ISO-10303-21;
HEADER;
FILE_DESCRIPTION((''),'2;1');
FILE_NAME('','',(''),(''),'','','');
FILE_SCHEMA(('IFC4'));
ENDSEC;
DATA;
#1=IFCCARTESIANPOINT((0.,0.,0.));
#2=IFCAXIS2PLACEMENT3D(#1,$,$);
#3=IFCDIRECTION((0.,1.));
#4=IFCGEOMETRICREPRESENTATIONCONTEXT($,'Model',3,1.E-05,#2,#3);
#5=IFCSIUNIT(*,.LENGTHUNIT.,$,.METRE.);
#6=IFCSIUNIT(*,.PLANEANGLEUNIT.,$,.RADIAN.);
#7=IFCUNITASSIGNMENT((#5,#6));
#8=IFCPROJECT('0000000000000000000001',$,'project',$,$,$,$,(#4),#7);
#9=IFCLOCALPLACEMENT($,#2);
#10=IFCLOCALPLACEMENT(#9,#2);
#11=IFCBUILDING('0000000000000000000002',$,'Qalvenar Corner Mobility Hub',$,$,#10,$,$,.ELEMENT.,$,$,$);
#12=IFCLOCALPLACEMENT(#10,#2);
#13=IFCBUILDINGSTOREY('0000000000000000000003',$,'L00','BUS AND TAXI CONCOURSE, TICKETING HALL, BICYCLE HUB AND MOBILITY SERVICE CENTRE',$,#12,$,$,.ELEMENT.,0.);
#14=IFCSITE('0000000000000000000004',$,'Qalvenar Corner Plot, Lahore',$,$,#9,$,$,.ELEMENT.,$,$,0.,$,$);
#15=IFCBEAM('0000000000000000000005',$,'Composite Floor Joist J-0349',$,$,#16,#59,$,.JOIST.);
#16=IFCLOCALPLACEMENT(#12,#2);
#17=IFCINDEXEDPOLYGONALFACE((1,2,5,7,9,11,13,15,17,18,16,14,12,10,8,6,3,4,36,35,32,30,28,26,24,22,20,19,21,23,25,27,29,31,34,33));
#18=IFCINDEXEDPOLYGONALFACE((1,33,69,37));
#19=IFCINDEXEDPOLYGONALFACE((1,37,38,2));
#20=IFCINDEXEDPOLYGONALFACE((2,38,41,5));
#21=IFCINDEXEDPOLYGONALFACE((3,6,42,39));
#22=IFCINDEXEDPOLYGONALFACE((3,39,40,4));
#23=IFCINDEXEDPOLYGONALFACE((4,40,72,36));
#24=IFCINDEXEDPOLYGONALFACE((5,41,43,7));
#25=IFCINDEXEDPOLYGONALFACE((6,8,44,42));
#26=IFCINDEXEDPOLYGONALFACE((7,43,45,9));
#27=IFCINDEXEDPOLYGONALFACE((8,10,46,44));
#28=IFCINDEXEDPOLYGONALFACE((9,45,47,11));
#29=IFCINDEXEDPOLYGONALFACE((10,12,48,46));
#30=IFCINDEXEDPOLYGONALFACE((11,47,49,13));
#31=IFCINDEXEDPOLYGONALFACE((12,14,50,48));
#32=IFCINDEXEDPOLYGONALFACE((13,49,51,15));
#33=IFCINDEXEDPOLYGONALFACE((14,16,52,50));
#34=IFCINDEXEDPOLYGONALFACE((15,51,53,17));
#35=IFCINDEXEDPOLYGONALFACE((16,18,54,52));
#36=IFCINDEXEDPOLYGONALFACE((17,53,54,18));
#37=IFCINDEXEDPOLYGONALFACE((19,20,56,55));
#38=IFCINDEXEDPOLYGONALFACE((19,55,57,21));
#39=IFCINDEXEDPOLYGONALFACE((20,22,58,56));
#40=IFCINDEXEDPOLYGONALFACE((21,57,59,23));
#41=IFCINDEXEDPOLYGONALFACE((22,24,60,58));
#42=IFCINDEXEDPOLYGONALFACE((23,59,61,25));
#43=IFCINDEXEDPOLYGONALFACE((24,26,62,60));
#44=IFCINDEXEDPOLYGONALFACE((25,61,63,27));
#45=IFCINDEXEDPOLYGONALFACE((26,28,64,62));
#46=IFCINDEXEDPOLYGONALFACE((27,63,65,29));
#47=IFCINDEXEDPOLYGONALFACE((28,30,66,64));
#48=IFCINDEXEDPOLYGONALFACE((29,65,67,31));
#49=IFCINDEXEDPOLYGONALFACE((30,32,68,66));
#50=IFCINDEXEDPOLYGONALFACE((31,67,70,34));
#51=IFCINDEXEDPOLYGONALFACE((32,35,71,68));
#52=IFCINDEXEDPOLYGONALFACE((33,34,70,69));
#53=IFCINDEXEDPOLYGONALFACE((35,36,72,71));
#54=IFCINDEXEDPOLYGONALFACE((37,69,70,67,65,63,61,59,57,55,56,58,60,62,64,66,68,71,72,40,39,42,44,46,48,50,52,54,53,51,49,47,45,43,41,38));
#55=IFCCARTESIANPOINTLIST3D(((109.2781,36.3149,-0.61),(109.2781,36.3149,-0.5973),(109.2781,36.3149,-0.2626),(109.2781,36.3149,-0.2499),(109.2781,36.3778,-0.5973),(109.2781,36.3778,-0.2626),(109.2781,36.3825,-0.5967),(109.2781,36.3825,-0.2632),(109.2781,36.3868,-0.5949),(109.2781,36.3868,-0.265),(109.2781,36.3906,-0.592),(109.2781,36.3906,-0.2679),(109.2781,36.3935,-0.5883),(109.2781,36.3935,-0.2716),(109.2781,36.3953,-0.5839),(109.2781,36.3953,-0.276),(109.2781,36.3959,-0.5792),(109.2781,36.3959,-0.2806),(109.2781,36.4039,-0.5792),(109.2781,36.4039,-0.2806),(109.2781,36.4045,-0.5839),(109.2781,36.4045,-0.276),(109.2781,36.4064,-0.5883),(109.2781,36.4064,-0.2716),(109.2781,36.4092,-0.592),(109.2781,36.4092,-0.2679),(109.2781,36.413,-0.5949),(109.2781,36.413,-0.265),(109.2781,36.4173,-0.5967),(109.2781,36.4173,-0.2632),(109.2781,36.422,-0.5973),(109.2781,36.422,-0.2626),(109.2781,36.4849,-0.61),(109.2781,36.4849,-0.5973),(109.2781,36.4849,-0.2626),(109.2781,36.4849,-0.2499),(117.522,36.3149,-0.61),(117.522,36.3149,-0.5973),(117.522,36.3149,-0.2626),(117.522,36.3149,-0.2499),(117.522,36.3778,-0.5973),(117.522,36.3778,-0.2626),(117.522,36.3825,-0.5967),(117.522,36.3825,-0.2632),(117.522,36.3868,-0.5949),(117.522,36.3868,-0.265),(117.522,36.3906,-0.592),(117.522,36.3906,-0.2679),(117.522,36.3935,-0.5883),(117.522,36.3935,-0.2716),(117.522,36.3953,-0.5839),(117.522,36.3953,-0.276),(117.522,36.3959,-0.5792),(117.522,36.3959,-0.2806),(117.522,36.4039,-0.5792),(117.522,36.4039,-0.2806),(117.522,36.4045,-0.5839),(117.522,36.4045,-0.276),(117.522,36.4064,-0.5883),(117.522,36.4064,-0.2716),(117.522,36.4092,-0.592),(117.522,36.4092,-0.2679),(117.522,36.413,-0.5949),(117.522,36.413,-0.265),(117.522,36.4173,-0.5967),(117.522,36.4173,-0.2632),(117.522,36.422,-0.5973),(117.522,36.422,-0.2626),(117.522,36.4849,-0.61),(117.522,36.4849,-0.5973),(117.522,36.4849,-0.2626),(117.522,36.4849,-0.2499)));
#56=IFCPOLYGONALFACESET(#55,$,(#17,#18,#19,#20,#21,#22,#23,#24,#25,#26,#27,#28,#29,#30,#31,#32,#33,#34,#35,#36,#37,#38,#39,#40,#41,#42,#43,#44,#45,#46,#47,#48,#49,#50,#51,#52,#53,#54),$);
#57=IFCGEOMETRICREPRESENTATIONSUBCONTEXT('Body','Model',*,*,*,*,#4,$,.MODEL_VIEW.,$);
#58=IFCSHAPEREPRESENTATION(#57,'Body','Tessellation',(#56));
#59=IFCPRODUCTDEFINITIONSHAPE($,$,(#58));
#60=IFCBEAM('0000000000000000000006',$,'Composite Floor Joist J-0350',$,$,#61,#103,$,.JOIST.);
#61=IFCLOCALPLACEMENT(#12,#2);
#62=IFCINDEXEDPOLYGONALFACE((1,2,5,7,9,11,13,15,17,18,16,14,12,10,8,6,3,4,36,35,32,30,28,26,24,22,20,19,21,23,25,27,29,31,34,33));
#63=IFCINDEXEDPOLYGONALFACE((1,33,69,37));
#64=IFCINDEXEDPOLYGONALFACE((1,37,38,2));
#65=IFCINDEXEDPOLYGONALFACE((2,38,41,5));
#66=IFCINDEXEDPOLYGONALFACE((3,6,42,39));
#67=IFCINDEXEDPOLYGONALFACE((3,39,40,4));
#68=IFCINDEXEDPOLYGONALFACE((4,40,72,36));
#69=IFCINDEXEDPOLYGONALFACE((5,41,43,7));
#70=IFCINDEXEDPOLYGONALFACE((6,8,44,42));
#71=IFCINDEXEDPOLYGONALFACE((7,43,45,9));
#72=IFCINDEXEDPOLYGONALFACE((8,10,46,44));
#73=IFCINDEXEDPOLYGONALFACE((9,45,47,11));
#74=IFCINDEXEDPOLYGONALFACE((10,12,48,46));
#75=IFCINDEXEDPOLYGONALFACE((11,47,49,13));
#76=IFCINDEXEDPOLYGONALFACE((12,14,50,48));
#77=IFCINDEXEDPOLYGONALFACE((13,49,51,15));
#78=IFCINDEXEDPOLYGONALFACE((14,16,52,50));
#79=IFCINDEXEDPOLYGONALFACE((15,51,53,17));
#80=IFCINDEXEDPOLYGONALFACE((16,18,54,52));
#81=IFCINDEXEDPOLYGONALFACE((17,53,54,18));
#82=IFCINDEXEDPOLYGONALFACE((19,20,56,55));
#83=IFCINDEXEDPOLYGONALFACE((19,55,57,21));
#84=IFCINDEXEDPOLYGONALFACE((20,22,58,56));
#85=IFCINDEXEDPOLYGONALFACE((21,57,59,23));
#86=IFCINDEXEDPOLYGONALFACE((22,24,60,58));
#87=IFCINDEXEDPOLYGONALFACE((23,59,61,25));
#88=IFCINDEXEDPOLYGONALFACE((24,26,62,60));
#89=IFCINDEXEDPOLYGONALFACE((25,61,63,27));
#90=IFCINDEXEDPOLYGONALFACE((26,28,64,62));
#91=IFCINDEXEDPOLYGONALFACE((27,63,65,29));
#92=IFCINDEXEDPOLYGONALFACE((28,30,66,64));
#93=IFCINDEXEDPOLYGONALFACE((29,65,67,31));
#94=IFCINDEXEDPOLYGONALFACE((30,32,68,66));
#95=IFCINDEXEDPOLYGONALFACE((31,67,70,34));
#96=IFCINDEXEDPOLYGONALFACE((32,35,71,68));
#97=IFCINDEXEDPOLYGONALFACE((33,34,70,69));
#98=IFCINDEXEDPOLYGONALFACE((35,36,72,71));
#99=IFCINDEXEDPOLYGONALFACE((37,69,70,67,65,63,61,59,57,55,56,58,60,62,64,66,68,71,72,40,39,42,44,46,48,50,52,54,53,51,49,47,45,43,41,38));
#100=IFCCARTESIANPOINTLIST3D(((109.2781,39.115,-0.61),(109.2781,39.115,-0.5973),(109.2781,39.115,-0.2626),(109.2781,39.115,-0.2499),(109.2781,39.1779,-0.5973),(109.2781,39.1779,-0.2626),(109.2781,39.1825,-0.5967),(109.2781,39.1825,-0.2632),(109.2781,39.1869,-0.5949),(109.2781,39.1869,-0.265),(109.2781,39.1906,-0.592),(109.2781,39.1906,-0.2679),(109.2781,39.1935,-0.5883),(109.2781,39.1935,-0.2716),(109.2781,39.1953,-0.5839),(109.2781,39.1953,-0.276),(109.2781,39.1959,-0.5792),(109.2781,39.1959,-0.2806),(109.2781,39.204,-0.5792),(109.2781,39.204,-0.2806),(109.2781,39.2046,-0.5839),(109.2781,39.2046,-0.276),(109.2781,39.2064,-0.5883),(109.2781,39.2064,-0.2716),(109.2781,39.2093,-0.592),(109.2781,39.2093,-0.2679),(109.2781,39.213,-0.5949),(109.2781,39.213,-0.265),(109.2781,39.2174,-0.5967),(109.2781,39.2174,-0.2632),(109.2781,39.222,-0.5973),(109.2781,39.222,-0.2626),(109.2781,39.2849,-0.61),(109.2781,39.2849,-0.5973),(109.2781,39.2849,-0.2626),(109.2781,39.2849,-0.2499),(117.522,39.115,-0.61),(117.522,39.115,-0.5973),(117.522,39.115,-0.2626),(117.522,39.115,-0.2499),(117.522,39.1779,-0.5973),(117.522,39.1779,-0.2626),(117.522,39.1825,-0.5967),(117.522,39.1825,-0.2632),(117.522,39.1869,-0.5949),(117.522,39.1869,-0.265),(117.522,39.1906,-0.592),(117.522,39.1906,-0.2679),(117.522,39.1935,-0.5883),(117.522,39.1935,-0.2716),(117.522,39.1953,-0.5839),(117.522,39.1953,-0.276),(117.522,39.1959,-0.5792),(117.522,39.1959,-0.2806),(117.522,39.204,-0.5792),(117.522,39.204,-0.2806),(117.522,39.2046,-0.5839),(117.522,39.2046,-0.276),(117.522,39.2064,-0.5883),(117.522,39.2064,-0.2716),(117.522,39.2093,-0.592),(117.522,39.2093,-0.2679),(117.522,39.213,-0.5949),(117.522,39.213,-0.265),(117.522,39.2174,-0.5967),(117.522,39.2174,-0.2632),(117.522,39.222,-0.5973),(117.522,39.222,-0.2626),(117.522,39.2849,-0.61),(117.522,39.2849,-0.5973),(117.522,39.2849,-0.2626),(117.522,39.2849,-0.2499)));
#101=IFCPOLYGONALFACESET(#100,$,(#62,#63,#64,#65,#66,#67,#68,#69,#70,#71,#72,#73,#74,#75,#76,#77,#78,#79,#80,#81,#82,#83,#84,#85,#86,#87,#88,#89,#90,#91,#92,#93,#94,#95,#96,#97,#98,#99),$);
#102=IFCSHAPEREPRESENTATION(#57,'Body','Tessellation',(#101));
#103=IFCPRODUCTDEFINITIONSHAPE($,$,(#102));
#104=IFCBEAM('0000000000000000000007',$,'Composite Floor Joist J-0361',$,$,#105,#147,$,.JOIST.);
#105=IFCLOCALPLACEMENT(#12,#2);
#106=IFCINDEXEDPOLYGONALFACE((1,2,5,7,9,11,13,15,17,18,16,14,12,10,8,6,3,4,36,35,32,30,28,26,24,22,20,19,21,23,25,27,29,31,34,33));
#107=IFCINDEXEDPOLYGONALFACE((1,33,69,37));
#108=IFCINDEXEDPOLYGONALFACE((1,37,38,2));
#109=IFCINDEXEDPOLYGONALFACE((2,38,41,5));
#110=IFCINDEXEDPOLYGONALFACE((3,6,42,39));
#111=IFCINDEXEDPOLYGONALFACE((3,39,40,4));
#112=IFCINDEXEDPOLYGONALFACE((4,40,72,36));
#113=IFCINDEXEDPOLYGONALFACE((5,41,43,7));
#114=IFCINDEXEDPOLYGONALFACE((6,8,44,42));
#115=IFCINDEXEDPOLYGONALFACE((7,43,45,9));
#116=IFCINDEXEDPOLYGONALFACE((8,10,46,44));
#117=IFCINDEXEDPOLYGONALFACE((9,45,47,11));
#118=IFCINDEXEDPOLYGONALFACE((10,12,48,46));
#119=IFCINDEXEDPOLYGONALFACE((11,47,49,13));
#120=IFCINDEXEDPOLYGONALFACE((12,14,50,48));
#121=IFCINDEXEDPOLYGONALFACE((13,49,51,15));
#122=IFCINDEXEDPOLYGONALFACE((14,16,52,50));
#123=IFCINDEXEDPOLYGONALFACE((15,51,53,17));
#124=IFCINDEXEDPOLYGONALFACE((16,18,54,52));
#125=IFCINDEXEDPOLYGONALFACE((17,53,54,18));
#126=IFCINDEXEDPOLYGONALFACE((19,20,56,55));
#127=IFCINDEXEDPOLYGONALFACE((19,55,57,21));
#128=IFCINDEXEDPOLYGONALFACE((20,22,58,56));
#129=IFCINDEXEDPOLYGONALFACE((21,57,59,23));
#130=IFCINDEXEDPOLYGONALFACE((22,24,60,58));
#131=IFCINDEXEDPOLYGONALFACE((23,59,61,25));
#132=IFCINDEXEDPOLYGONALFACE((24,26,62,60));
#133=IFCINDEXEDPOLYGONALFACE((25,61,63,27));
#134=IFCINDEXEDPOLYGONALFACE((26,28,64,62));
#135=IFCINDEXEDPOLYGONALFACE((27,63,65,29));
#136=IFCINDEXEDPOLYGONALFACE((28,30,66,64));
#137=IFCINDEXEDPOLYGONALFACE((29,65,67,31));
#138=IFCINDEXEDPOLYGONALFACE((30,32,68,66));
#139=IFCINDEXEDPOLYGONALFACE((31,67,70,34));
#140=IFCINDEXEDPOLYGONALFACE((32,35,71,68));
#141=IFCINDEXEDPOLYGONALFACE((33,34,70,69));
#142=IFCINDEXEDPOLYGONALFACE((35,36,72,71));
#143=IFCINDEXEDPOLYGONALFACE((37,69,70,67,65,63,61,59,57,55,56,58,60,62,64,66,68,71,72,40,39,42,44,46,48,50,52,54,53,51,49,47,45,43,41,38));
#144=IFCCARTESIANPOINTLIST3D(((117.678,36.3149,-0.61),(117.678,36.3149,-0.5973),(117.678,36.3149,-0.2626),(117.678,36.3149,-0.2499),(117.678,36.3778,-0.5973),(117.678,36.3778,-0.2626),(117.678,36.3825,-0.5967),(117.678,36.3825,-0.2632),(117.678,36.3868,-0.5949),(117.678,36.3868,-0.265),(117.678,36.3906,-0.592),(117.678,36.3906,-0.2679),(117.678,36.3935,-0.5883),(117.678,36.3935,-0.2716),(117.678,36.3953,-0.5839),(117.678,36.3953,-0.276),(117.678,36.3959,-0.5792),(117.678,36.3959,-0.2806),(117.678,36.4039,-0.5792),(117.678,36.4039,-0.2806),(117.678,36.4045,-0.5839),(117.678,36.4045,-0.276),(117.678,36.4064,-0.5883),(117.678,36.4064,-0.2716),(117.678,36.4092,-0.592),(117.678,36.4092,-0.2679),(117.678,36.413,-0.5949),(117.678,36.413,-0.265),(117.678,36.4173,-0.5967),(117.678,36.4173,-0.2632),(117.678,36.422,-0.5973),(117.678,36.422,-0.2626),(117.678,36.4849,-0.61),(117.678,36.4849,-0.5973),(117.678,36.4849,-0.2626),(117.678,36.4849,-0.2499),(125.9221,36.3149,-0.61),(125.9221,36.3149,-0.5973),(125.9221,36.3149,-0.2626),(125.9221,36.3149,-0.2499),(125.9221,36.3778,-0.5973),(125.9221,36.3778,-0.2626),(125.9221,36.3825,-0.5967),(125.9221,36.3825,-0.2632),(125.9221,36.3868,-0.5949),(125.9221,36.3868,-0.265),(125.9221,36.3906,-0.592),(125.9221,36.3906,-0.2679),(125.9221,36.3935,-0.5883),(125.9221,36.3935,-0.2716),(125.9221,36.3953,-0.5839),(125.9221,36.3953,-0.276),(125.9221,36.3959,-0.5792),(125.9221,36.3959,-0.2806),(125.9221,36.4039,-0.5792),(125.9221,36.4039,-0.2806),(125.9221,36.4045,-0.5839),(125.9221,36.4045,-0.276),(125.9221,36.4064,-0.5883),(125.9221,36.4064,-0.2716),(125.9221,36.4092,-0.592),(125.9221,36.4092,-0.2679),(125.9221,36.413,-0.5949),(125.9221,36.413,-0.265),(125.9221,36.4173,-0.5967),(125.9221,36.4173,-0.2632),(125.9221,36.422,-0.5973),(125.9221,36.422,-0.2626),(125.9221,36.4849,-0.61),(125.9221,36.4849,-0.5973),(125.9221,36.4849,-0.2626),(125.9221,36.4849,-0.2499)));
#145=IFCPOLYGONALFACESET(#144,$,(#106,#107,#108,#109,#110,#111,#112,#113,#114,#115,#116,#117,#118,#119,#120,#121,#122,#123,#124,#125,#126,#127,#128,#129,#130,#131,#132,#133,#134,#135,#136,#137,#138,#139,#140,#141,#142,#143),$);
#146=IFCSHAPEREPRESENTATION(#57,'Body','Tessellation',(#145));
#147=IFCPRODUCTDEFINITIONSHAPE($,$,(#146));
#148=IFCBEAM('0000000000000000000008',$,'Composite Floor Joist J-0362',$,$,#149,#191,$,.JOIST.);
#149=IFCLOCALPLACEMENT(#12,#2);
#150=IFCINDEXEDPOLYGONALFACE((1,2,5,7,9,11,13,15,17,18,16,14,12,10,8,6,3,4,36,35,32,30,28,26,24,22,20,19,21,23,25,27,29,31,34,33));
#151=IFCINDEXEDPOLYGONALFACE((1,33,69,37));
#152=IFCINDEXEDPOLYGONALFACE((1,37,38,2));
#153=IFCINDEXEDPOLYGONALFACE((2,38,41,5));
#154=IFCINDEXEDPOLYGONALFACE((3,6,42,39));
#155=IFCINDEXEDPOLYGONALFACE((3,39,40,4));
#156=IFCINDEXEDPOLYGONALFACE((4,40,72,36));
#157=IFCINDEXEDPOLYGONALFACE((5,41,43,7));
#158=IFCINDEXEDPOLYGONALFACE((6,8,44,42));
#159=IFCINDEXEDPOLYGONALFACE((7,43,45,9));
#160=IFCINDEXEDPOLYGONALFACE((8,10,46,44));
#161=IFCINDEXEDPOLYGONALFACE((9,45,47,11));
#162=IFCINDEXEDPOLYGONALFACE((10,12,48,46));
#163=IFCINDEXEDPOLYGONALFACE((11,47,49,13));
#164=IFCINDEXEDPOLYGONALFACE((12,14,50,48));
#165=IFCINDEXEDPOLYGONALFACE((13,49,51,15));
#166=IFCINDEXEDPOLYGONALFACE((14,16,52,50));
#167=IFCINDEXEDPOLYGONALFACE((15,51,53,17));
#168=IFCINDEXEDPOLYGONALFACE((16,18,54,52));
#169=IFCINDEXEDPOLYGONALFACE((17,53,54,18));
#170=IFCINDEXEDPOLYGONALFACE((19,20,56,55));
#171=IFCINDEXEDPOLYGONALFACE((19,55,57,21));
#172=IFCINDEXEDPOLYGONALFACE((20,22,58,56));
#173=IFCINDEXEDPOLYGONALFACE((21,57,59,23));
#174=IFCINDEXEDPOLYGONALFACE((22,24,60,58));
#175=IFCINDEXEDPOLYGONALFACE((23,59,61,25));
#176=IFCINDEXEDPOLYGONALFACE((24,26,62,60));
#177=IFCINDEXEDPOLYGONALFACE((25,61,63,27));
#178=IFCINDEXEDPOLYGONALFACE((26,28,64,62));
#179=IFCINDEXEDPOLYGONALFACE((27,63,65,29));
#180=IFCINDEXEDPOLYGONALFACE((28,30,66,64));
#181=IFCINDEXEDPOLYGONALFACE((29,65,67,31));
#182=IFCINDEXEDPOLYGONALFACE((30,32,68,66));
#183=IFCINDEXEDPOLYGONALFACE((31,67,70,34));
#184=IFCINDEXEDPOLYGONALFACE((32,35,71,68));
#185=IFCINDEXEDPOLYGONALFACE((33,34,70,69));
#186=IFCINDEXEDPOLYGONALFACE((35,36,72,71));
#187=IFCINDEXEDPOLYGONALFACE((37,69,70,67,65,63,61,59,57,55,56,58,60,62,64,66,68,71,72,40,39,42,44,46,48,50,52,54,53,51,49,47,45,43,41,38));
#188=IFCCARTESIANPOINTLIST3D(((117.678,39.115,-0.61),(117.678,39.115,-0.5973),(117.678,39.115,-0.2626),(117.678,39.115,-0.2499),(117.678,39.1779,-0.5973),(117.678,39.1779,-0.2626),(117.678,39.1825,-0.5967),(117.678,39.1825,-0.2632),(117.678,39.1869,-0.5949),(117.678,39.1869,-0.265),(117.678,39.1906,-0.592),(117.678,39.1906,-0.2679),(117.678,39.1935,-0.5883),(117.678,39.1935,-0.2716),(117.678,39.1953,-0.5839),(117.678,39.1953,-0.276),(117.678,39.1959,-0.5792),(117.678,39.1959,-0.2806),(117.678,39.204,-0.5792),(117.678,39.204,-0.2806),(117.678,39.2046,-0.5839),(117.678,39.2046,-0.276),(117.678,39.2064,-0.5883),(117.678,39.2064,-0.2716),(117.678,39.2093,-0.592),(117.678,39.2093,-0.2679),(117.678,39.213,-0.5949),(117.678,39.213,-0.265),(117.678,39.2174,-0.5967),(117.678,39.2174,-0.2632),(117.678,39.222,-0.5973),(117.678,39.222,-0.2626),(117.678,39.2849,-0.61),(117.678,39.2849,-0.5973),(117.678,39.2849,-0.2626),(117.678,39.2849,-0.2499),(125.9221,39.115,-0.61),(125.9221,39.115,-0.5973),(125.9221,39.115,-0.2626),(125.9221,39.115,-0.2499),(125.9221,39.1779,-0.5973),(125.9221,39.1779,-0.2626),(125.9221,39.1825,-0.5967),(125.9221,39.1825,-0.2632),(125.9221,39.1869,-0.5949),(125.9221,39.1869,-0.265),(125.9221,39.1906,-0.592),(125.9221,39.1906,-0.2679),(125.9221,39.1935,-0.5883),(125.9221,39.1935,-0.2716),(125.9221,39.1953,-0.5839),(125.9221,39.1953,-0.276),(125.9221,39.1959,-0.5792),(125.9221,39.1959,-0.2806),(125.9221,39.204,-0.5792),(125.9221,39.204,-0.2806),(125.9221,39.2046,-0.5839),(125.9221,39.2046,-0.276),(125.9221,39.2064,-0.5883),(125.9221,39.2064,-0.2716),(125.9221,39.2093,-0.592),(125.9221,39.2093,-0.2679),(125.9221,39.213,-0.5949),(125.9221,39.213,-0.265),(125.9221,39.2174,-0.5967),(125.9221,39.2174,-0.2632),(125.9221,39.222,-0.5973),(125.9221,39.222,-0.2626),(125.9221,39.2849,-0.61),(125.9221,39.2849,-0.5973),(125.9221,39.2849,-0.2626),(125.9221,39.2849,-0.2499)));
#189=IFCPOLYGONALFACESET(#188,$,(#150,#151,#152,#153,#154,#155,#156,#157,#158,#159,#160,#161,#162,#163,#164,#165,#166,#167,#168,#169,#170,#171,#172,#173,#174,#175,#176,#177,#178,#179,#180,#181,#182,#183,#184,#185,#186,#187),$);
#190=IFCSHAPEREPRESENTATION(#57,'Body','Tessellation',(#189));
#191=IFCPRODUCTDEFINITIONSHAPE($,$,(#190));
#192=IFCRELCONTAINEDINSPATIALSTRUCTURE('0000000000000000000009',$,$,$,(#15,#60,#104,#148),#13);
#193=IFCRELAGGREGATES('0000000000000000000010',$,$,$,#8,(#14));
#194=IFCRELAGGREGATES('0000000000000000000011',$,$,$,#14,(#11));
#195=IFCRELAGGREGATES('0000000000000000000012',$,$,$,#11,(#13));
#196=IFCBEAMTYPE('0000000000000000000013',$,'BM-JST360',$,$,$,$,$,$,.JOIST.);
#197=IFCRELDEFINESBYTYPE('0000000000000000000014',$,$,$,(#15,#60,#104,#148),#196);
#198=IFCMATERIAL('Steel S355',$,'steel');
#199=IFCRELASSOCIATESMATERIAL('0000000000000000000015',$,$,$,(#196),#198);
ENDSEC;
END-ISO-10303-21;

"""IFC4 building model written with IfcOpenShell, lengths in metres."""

from ifc_helpers import new_model, si_unit, direction, frame, origin, origin_2d, place, context, subcontext, project, spatial, i_section, extrude, material, material_profile, profile_set, type_object, element, save


model = new_model("IFC4")

# Units and contexts
model_context = context("Model", 3, precision=1e-05, world=origin(), true_north=direction((0.0, 1.0)))
body_context = subcontext(model_context, "Body", "Model", "MODEL_VIEW")
ifc_project = project(units=[si_unit("LENGTHUNIT", "METRE"), si_unit("PLANEANGLEUNIT", "RADIAN")], contexts=[model_context])

# Site, building, storey
site_placement = place(None, origin())
site = spatial("IfcSite", under=ifc_project, at=site_placement, Name="Qalvenar Corner Plot, Lahore", CompositionType="ELEMENT", RefElevation=0.0)
building_placement = place(site_placement, origin())
building = spatial("IfcBuilding", under=site, at=building_placement, Name="Qalvenar Corner Mobility Hub", CompositionType="ELEMENT")
storey_placement = place(building_placement, origin())
storey = spatial("IfcBuildingStorey", under=building, at=storey_placement, Name="L00", Description="BUS AND TAXI CONCOURSE, TICKETING HALL, BICYCLE HUB AND MOBILITY SERVICE CENTRE", CompositionType="ELEMENT", Elevation=0.0)

# Shared definitions
ifc_material_1 = material(Name="Steel S355", Category="steel")

# Beams
ifc_material_profile_1 = material_profile(ifc_material_1, i_section(OverallWidth=0.1699, OverallDepth=0.3601, WebThickness=0.0081, FlangeThickness=0.0127, FilletRadius=0.0181, at=origin_2d()), Name="IPE360")
ifc_profile_set_1 = profile_set([ifc_material_profile_1], Name="Steel S355")
beam_type_1 = type_object("IfcBeamType", Name="BM-JST360", PredefinedType="JOIST", material=ifc_profile_set_1)
for number, where, z_axis, x_axis, name in (
    (1, (109.2781, 36.3999, -0.4299), (1.0, 0.0, 0.0), (0.0, 1.0, 0.0), "Composite Floor Joist J-0349"),
    (2, (109.2781, 39.2, -0.4299), (1.0, 0.0, 0.0), (0.0, 1.0, 0.0), "Composite Floor Joist J-0350"),
):
    element("IfcBeam", number, at=place(storey_placement, frame(where, z_axis=z_axis, x_axis=x_axis)), inside=storey, type_object=beam_type_1, Name=name, PredefinedType="JOIST", context=body_context, shape_type="SweptSolid", body=[
        extrude(i_section(OverallWidth=0.1699, OverallDepth=0.3601, WebThickness=0.0081, FlangeThickness=0.0127, FilletRadius=0.0181, at=origin_2d()), origin(), (0.0, 0.0, 1.0), 8.2439),
    ])
for number, where, z_axis, x_axis, name in (
    (3, (117.678, 36.3999, -0.4299), (1.0, 0.0, 0.0), (0.0, 1.0, 0.0), "Composite Floor Joist J-0361"),
    (4, (117.678, 39.2, -0.4299), (1.0, 0.0, 0.0), (0.0, 1.0, 0.0), "Composite Floor Joist J-0362"),
):
    element("IfcBeam", number, at=place(storey_placement, frame(where, z_axis=z_axis, x_axis=x_axis)), inside=storey, type_object=beam_type_1, Name=name, PredefinedType="JOIST", context=body_context, shape_type="SweptSolid", body=[
        extrude(i_section(OverallWidth=0.1699, OverallDepth=0.3601, WebThickness=0.0081, FlangeThickness=0.0127, FilletRadius=0.0181, at=origin_2d()), origin(), (0.0, 0.0, 1.0), 8.2441),
    ])

save(model, "model.ifc")
